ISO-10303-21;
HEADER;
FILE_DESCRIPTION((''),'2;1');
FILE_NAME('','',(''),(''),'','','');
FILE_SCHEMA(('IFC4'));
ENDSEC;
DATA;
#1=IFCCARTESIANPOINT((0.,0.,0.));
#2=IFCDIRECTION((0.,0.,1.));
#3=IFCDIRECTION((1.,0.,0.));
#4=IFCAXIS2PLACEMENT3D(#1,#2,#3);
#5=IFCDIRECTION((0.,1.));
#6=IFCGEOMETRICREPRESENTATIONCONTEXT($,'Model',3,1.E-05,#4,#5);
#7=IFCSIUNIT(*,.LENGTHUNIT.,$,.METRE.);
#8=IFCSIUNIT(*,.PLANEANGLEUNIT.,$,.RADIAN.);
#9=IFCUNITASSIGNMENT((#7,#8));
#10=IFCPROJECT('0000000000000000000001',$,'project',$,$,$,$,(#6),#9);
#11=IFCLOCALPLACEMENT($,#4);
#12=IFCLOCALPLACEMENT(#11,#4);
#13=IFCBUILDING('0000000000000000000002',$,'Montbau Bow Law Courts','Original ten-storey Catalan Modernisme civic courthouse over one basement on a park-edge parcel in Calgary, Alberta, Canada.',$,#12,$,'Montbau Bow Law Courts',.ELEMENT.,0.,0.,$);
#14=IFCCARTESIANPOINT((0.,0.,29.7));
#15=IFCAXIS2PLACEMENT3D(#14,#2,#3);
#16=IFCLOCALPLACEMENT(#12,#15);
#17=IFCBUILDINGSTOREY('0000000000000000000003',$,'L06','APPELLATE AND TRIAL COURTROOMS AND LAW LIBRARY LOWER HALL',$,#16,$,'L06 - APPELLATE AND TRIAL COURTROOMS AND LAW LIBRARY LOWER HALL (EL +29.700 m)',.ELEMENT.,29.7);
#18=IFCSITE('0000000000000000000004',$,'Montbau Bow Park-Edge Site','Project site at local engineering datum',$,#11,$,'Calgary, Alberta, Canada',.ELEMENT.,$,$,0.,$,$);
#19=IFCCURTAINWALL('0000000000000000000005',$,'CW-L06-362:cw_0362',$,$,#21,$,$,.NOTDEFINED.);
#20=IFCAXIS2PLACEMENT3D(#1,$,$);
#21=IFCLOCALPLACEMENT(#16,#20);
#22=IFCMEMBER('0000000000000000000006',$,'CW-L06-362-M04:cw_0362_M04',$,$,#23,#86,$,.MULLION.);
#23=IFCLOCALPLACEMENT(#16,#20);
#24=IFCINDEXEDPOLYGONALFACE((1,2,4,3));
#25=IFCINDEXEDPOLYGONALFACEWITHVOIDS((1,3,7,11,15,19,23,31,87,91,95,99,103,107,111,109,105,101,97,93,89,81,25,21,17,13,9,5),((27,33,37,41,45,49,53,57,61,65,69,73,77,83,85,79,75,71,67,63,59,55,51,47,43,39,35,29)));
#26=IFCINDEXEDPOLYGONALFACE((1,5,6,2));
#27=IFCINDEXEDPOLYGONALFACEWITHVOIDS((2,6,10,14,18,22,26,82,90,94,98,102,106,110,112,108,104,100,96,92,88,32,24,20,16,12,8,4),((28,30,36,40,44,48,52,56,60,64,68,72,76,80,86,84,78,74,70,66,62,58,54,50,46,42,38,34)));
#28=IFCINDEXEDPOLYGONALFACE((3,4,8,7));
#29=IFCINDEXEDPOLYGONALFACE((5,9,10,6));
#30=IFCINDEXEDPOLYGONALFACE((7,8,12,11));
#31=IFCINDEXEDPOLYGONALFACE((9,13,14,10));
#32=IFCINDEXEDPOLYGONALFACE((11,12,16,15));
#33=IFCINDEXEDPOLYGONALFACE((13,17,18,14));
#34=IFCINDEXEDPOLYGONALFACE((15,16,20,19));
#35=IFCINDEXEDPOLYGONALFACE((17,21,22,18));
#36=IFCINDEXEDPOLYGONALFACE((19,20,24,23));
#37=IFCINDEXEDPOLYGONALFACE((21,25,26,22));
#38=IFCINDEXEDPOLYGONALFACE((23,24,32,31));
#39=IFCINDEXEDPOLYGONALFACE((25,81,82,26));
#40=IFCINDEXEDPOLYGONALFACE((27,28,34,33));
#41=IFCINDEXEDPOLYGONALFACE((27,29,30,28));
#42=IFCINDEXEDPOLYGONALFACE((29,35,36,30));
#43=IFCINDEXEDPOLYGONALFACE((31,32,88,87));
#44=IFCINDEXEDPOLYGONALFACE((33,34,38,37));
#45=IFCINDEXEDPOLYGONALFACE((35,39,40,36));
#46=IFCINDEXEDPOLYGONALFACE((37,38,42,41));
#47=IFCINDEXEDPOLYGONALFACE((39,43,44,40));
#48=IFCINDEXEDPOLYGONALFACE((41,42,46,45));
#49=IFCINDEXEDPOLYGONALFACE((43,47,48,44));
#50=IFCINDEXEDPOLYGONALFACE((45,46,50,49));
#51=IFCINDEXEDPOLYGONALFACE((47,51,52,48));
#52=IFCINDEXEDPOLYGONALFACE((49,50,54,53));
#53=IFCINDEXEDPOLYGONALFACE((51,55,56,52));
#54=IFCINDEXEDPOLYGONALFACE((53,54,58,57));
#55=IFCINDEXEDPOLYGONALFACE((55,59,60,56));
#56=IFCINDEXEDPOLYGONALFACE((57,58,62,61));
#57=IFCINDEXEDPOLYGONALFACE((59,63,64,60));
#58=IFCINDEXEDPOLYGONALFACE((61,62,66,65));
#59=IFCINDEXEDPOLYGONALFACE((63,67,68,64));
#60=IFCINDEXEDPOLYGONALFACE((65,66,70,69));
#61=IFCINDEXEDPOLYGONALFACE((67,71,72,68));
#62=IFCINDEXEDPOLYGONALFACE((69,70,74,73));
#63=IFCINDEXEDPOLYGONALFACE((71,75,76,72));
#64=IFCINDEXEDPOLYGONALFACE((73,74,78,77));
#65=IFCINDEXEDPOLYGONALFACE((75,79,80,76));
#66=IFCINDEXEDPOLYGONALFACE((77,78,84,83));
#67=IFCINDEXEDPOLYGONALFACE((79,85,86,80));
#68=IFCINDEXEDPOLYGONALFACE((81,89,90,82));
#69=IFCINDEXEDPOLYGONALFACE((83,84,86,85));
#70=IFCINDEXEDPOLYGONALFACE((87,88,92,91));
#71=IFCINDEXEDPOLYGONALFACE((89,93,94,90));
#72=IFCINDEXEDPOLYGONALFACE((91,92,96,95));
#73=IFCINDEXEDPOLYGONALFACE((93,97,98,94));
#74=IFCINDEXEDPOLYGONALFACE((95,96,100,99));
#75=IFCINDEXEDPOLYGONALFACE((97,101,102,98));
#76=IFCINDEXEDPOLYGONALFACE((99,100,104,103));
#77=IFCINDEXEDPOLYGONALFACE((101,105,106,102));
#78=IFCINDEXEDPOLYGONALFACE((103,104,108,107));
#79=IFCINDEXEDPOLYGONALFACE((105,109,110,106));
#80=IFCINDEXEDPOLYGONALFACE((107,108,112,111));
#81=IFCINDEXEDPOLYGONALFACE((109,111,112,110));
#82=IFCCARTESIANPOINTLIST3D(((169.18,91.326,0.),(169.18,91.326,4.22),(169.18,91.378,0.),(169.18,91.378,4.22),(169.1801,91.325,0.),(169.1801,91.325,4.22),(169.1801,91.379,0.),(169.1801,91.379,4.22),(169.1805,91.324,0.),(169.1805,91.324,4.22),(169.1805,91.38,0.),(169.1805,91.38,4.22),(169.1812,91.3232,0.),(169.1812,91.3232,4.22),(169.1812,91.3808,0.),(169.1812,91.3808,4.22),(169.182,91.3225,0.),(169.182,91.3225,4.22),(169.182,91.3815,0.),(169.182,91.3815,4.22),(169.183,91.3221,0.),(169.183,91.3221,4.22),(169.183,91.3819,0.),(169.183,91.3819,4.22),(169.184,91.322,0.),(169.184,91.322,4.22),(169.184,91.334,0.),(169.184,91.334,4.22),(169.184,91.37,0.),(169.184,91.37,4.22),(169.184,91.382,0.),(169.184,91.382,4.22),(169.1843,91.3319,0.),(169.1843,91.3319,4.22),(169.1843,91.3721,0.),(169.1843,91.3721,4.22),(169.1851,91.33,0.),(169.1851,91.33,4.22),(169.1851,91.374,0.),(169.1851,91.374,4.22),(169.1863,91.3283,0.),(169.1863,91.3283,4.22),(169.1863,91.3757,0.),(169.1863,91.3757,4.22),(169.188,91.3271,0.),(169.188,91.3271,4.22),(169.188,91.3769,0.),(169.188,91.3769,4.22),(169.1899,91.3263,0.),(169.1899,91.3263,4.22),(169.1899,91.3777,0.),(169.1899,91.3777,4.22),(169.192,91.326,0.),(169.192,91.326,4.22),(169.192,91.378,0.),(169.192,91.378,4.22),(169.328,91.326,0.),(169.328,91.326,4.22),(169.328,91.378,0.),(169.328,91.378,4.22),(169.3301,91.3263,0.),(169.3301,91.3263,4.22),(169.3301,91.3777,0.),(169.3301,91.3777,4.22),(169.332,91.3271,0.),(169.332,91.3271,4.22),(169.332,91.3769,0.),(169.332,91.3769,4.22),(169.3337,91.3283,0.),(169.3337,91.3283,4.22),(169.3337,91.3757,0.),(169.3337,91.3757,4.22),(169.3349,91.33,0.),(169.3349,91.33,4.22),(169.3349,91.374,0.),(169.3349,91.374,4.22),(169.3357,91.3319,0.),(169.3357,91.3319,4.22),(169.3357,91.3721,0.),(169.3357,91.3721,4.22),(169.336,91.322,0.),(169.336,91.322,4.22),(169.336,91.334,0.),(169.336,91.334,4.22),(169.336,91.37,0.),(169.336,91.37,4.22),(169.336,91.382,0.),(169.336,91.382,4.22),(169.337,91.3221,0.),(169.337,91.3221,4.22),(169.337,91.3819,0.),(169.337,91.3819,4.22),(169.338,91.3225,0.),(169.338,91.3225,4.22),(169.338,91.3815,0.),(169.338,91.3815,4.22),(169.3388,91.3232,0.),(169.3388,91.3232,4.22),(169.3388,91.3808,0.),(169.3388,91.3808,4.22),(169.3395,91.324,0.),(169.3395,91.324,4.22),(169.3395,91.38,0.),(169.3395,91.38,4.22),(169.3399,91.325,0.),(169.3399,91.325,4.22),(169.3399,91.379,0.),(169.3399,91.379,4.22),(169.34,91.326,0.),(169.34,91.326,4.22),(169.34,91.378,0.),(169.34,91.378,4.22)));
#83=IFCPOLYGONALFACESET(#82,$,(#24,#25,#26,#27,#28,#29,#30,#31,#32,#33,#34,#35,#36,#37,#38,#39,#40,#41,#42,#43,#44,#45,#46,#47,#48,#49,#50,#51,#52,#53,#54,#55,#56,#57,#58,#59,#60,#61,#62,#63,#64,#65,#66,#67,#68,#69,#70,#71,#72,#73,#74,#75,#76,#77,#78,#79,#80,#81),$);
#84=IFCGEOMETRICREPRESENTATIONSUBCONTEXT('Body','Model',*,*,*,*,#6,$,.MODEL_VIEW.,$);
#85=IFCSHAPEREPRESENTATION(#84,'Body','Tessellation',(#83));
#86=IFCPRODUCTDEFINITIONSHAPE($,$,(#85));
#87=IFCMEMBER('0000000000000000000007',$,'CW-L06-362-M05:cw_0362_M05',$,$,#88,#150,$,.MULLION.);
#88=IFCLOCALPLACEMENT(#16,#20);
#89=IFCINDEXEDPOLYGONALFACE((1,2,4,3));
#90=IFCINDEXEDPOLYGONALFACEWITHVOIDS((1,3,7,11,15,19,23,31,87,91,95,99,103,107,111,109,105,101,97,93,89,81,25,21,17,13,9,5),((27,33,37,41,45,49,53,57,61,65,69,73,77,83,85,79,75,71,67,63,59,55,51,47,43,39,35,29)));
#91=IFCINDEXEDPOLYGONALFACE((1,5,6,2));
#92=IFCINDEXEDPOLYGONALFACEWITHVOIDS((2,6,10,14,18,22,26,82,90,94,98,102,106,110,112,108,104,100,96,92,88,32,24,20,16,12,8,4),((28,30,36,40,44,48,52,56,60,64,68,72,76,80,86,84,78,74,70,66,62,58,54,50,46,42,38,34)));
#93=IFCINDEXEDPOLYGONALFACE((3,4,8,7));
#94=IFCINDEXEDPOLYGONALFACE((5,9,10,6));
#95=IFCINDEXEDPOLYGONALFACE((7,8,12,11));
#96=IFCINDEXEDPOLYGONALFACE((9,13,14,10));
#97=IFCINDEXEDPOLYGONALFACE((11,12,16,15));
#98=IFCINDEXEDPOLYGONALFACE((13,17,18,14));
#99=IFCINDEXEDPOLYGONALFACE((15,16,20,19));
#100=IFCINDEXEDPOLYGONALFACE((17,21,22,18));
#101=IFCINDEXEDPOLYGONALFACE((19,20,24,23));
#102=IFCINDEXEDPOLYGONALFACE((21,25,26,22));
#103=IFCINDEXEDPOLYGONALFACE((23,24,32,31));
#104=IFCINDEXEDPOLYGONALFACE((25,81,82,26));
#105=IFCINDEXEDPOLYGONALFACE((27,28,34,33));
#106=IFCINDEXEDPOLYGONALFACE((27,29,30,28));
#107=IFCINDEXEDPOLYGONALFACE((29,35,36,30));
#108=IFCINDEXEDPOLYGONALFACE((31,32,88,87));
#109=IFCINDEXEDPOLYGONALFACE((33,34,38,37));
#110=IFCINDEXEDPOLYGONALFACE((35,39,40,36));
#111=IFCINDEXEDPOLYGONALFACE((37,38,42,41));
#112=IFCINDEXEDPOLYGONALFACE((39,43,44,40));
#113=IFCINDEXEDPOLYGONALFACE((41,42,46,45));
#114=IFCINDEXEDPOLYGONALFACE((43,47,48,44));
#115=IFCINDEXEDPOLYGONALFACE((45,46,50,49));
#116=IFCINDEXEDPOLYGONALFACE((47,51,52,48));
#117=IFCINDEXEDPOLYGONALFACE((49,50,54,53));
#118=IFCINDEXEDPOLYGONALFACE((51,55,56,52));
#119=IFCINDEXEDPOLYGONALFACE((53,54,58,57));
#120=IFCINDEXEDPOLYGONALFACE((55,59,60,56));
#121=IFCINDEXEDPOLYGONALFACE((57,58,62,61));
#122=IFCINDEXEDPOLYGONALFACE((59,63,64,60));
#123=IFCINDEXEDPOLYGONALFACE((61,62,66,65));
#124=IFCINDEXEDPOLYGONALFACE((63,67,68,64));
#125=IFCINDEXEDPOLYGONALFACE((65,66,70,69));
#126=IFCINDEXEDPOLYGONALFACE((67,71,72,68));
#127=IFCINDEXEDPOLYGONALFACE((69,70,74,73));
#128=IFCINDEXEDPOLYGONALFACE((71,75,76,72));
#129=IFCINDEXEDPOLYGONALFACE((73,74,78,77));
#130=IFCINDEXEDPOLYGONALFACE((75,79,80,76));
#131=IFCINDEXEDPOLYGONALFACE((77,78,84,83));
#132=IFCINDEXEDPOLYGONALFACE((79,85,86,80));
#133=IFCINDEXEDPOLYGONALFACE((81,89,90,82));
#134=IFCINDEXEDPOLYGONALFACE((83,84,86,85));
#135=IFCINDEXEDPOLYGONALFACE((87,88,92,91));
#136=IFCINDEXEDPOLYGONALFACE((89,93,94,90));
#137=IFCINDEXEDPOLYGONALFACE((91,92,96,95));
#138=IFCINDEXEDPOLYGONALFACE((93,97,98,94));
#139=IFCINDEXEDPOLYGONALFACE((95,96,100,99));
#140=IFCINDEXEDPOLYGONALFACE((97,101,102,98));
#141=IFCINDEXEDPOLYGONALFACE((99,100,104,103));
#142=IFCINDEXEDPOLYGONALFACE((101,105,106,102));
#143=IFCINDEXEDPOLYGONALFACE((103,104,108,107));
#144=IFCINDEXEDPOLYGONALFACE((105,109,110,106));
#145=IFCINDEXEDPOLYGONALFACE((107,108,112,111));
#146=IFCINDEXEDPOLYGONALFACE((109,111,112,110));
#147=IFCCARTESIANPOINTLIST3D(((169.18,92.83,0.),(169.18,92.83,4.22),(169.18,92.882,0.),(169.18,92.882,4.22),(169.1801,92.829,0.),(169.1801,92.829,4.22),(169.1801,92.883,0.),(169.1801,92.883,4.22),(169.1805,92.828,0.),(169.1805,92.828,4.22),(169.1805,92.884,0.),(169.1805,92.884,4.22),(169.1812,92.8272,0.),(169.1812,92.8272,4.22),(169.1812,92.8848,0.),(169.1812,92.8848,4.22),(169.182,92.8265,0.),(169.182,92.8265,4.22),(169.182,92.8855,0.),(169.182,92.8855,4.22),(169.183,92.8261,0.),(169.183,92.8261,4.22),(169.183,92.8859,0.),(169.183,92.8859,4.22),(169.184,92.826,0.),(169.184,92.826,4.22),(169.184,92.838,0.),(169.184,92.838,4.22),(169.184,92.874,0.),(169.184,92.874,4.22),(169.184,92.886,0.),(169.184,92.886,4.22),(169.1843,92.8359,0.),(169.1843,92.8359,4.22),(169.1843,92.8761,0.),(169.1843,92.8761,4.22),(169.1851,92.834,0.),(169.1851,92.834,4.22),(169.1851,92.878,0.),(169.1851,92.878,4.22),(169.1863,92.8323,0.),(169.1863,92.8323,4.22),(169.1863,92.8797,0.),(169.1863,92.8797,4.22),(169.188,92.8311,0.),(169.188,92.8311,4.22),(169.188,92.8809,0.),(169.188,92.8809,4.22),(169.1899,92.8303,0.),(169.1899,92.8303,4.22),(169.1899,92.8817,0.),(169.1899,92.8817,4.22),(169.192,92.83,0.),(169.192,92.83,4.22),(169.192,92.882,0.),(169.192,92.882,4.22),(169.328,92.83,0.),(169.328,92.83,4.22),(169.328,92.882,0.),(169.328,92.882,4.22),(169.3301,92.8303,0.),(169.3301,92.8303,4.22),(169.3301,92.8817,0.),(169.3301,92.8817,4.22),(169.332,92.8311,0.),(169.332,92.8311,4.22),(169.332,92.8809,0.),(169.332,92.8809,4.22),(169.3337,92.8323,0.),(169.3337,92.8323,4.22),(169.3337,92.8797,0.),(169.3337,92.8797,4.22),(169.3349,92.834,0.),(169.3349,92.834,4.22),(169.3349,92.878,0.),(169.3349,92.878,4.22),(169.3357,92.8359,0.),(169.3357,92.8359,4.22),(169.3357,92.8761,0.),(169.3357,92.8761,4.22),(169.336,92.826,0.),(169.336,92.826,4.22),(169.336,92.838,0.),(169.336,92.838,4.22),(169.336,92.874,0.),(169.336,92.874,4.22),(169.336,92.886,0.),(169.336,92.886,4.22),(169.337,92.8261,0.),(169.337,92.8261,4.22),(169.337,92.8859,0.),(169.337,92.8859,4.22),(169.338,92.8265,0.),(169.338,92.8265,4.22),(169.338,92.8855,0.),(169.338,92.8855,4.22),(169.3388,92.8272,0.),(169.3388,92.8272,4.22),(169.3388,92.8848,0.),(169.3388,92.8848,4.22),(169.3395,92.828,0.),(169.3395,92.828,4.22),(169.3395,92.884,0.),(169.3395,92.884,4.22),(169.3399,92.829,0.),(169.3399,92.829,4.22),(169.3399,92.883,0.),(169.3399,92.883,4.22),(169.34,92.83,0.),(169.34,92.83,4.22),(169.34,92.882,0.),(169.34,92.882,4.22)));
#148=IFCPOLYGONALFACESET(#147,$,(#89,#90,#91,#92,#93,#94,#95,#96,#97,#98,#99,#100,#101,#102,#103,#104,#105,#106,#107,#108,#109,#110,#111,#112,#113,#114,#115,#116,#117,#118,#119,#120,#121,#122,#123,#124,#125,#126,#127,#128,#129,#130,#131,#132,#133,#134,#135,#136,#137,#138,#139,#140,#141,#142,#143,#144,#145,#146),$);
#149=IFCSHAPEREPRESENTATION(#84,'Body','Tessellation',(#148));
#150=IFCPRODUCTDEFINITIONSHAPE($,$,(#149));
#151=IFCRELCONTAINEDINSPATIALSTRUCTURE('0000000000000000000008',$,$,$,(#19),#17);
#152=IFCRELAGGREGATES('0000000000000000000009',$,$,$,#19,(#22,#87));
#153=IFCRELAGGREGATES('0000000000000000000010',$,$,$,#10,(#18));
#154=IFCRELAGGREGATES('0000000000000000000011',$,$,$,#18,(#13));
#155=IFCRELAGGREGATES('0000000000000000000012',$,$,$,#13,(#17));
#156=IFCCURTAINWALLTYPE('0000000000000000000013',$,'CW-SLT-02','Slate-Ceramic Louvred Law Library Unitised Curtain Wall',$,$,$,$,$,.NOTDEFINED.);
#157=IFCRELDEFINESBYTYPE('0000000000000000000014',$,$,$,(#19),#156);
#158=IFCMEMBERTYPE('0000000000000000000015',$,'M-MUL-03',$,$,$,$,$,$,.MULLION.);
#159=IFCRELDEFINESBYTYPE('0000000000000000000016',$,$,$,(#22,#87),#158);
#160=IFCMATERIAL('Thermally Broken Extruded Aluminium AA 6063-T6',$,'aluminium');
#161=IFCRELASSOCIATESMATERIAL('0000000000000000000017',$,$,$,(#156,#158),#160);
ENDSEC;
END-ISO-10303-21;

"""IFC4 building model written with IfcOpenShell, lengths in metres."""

from ifc_helpers import new_model, si_unit, direction, frame, origin_with_axes, origin_2d_with_axis, place, context, subcontext, project, spatial, hollow_rectangle, extrude, material, material_profile, profile_set, type_object, element, aggregate, save


model = new_model("IFC4")

# Units and contexts
model_context = context("Model", 3, precision=1e-05, world=origin_with_axes(), true_north=direction((0.0, 1.0)))
body_context = subcontext(model_context, "Body", "Model", "MODEL_VIEW")
ifc_project = project(units=[si_unit("LENGTHUNIT", "METRE"), si_unit("PLANEANGLEUNIT", "RADIAN")], contexts=[model_context])

# Site, building, storey
site_placement = place(None, origin_with_axes())
site = spatial("IfcSite", under=ifc_project, at=site_placement, Name="Montbau Bow Park-Edge Site", Description="Project site at local engineering datum", LongName="Calgary, Alberta, Canada", CompositionType="ELEMENT", RefElevation=0.0)
building_placement = place(site_placement, origin_with_axes())
building = spatial("IfcBuilding", under=site, at=building_placement, Name="Montbau Bow Law Courts", Description="Original ten-storey Catalan Modernisme civic courthouse over one basement on a park-edge parcel in Calgary, Alberta, Canada.", LongName="Montbau Bow Law Courts", CompositionType="ELEMENT", ElevationOfRefHeight=0.0, ElevationOfTerrain=0.0)
storey_placement = place(building_placement, frame((0.0, 0.0, 29.7), z_axis=(0.0, 0.0, 1.0), x_axis=(1.0, 0.0, 0.0)))
storey = spatial("IfcBuildingStorey", under=building, at=storey_placement, Name="L06", Description="APPELLATE AND TRIAL COURTROOMS AND LAW LIBRARY LOWER HALL", LongName="L06 - APPELLATE AND TRIAL COURTROOMS AND LAW LIBRARY LOWER HALL (EL +29.700 m)", CompositionType="ELEMENT", Elevation=29.7)

# Curtain wall, members
ifc_material_1 = material(Name="Thermally Broken Extruded Aluminium AA 6063-T6", Category="aluminium")
curtain_wall_type = type_object("IfcCurtainWallType", Name="CW-SLT-02", Description="Slate-Ceramic Louvred Law Library Unitised Curtain Wall", PredefinedType="NOTDEFINED", material=ifc_material_1)
curtain_wall_placement = place(None, frame((169.26, 86.84, 29.7), z_axis=(0.0, 0.0, 1.0), x_axis=(1.0, 0.0, 0.0)))
curtain_wall = element("IfcCurtainWall", 1, at=curtain_wall_placement, inside=storey, type_object=curtain_wall_type, Name="CW-L06-362:cw_0362", PredefinedType="NOTDEFINED")
ifc_material_profile_1 = material_profile(ifc_material_1, hollow_rectangle(XDim=0.06, YDim=0.16, WallThickness=0.004, InnerFilletRadius=0.008, OuterFilletRadius=0.004, at=origin_2d_with_axis()), Name="CWM-160X60", Category="Main", Priority=0)
ifc_profile_set_1 = profile_set([ifc_material_profile_1], Name="Thermally Broken Extruded Aluminium AA 6063-T6")
member_type_1 = type_object("IfcMemberType", Name="M-MUL-03", PredefinedType="MULLION", material=ifc_profile_set_1)
member_1_placement = place(None, frame((169.26, 91.352, 29.7), z_axis=(0.0, 0.0, 1.0), x_axis=(0.0, 1.0, 0.0)))
member_1 = element("IfcMember", 2, at=member_1_placement, type_object=member_type_1, Name="CW-L06-362-M04:cw_0362_M04", PredefinedType="MULLION", context=body_context, shape_type="SweptSolid", body=[
    extrude(hollow_rectangle(XDim=0.06, YDim=0.16, WallThickness=0.004, InnerFilletRadius=0.008, OuterFilletRadius=0.004, at=origin_2d_with_axis()), origin_with_axes(), (0.0, 0.0, 1.0), 4.22),
])
member_2_placement = place(None, frame((169.26, 92.856, 29.7), z_axis=(0.0, 0.0, 1.0), x_axis=(0.0, 1.0, 0.0)))
member_2 = element("IfcMember", 3, at=member_2_placement, type_object=member_type_1, Name="CW-L06-362-M05:cw_0362_M05", PredefinedType="MULLION", context=body_context, shape_type="SweptSolid", body=[
    extrude(hollow_rectangle(XDim=0.06, YDim=0.16, WallThickness=0.004, InnerFilletRadius=0.008, OuterFilletRadius=0.004, at=origin_2d_with_axis()), origin_with_axes(), (0.0, 0.0, 1.0), 4.22),
])
aggregate(curtain_wall, [member_1, member_2])

save(model, "model.ifc")
